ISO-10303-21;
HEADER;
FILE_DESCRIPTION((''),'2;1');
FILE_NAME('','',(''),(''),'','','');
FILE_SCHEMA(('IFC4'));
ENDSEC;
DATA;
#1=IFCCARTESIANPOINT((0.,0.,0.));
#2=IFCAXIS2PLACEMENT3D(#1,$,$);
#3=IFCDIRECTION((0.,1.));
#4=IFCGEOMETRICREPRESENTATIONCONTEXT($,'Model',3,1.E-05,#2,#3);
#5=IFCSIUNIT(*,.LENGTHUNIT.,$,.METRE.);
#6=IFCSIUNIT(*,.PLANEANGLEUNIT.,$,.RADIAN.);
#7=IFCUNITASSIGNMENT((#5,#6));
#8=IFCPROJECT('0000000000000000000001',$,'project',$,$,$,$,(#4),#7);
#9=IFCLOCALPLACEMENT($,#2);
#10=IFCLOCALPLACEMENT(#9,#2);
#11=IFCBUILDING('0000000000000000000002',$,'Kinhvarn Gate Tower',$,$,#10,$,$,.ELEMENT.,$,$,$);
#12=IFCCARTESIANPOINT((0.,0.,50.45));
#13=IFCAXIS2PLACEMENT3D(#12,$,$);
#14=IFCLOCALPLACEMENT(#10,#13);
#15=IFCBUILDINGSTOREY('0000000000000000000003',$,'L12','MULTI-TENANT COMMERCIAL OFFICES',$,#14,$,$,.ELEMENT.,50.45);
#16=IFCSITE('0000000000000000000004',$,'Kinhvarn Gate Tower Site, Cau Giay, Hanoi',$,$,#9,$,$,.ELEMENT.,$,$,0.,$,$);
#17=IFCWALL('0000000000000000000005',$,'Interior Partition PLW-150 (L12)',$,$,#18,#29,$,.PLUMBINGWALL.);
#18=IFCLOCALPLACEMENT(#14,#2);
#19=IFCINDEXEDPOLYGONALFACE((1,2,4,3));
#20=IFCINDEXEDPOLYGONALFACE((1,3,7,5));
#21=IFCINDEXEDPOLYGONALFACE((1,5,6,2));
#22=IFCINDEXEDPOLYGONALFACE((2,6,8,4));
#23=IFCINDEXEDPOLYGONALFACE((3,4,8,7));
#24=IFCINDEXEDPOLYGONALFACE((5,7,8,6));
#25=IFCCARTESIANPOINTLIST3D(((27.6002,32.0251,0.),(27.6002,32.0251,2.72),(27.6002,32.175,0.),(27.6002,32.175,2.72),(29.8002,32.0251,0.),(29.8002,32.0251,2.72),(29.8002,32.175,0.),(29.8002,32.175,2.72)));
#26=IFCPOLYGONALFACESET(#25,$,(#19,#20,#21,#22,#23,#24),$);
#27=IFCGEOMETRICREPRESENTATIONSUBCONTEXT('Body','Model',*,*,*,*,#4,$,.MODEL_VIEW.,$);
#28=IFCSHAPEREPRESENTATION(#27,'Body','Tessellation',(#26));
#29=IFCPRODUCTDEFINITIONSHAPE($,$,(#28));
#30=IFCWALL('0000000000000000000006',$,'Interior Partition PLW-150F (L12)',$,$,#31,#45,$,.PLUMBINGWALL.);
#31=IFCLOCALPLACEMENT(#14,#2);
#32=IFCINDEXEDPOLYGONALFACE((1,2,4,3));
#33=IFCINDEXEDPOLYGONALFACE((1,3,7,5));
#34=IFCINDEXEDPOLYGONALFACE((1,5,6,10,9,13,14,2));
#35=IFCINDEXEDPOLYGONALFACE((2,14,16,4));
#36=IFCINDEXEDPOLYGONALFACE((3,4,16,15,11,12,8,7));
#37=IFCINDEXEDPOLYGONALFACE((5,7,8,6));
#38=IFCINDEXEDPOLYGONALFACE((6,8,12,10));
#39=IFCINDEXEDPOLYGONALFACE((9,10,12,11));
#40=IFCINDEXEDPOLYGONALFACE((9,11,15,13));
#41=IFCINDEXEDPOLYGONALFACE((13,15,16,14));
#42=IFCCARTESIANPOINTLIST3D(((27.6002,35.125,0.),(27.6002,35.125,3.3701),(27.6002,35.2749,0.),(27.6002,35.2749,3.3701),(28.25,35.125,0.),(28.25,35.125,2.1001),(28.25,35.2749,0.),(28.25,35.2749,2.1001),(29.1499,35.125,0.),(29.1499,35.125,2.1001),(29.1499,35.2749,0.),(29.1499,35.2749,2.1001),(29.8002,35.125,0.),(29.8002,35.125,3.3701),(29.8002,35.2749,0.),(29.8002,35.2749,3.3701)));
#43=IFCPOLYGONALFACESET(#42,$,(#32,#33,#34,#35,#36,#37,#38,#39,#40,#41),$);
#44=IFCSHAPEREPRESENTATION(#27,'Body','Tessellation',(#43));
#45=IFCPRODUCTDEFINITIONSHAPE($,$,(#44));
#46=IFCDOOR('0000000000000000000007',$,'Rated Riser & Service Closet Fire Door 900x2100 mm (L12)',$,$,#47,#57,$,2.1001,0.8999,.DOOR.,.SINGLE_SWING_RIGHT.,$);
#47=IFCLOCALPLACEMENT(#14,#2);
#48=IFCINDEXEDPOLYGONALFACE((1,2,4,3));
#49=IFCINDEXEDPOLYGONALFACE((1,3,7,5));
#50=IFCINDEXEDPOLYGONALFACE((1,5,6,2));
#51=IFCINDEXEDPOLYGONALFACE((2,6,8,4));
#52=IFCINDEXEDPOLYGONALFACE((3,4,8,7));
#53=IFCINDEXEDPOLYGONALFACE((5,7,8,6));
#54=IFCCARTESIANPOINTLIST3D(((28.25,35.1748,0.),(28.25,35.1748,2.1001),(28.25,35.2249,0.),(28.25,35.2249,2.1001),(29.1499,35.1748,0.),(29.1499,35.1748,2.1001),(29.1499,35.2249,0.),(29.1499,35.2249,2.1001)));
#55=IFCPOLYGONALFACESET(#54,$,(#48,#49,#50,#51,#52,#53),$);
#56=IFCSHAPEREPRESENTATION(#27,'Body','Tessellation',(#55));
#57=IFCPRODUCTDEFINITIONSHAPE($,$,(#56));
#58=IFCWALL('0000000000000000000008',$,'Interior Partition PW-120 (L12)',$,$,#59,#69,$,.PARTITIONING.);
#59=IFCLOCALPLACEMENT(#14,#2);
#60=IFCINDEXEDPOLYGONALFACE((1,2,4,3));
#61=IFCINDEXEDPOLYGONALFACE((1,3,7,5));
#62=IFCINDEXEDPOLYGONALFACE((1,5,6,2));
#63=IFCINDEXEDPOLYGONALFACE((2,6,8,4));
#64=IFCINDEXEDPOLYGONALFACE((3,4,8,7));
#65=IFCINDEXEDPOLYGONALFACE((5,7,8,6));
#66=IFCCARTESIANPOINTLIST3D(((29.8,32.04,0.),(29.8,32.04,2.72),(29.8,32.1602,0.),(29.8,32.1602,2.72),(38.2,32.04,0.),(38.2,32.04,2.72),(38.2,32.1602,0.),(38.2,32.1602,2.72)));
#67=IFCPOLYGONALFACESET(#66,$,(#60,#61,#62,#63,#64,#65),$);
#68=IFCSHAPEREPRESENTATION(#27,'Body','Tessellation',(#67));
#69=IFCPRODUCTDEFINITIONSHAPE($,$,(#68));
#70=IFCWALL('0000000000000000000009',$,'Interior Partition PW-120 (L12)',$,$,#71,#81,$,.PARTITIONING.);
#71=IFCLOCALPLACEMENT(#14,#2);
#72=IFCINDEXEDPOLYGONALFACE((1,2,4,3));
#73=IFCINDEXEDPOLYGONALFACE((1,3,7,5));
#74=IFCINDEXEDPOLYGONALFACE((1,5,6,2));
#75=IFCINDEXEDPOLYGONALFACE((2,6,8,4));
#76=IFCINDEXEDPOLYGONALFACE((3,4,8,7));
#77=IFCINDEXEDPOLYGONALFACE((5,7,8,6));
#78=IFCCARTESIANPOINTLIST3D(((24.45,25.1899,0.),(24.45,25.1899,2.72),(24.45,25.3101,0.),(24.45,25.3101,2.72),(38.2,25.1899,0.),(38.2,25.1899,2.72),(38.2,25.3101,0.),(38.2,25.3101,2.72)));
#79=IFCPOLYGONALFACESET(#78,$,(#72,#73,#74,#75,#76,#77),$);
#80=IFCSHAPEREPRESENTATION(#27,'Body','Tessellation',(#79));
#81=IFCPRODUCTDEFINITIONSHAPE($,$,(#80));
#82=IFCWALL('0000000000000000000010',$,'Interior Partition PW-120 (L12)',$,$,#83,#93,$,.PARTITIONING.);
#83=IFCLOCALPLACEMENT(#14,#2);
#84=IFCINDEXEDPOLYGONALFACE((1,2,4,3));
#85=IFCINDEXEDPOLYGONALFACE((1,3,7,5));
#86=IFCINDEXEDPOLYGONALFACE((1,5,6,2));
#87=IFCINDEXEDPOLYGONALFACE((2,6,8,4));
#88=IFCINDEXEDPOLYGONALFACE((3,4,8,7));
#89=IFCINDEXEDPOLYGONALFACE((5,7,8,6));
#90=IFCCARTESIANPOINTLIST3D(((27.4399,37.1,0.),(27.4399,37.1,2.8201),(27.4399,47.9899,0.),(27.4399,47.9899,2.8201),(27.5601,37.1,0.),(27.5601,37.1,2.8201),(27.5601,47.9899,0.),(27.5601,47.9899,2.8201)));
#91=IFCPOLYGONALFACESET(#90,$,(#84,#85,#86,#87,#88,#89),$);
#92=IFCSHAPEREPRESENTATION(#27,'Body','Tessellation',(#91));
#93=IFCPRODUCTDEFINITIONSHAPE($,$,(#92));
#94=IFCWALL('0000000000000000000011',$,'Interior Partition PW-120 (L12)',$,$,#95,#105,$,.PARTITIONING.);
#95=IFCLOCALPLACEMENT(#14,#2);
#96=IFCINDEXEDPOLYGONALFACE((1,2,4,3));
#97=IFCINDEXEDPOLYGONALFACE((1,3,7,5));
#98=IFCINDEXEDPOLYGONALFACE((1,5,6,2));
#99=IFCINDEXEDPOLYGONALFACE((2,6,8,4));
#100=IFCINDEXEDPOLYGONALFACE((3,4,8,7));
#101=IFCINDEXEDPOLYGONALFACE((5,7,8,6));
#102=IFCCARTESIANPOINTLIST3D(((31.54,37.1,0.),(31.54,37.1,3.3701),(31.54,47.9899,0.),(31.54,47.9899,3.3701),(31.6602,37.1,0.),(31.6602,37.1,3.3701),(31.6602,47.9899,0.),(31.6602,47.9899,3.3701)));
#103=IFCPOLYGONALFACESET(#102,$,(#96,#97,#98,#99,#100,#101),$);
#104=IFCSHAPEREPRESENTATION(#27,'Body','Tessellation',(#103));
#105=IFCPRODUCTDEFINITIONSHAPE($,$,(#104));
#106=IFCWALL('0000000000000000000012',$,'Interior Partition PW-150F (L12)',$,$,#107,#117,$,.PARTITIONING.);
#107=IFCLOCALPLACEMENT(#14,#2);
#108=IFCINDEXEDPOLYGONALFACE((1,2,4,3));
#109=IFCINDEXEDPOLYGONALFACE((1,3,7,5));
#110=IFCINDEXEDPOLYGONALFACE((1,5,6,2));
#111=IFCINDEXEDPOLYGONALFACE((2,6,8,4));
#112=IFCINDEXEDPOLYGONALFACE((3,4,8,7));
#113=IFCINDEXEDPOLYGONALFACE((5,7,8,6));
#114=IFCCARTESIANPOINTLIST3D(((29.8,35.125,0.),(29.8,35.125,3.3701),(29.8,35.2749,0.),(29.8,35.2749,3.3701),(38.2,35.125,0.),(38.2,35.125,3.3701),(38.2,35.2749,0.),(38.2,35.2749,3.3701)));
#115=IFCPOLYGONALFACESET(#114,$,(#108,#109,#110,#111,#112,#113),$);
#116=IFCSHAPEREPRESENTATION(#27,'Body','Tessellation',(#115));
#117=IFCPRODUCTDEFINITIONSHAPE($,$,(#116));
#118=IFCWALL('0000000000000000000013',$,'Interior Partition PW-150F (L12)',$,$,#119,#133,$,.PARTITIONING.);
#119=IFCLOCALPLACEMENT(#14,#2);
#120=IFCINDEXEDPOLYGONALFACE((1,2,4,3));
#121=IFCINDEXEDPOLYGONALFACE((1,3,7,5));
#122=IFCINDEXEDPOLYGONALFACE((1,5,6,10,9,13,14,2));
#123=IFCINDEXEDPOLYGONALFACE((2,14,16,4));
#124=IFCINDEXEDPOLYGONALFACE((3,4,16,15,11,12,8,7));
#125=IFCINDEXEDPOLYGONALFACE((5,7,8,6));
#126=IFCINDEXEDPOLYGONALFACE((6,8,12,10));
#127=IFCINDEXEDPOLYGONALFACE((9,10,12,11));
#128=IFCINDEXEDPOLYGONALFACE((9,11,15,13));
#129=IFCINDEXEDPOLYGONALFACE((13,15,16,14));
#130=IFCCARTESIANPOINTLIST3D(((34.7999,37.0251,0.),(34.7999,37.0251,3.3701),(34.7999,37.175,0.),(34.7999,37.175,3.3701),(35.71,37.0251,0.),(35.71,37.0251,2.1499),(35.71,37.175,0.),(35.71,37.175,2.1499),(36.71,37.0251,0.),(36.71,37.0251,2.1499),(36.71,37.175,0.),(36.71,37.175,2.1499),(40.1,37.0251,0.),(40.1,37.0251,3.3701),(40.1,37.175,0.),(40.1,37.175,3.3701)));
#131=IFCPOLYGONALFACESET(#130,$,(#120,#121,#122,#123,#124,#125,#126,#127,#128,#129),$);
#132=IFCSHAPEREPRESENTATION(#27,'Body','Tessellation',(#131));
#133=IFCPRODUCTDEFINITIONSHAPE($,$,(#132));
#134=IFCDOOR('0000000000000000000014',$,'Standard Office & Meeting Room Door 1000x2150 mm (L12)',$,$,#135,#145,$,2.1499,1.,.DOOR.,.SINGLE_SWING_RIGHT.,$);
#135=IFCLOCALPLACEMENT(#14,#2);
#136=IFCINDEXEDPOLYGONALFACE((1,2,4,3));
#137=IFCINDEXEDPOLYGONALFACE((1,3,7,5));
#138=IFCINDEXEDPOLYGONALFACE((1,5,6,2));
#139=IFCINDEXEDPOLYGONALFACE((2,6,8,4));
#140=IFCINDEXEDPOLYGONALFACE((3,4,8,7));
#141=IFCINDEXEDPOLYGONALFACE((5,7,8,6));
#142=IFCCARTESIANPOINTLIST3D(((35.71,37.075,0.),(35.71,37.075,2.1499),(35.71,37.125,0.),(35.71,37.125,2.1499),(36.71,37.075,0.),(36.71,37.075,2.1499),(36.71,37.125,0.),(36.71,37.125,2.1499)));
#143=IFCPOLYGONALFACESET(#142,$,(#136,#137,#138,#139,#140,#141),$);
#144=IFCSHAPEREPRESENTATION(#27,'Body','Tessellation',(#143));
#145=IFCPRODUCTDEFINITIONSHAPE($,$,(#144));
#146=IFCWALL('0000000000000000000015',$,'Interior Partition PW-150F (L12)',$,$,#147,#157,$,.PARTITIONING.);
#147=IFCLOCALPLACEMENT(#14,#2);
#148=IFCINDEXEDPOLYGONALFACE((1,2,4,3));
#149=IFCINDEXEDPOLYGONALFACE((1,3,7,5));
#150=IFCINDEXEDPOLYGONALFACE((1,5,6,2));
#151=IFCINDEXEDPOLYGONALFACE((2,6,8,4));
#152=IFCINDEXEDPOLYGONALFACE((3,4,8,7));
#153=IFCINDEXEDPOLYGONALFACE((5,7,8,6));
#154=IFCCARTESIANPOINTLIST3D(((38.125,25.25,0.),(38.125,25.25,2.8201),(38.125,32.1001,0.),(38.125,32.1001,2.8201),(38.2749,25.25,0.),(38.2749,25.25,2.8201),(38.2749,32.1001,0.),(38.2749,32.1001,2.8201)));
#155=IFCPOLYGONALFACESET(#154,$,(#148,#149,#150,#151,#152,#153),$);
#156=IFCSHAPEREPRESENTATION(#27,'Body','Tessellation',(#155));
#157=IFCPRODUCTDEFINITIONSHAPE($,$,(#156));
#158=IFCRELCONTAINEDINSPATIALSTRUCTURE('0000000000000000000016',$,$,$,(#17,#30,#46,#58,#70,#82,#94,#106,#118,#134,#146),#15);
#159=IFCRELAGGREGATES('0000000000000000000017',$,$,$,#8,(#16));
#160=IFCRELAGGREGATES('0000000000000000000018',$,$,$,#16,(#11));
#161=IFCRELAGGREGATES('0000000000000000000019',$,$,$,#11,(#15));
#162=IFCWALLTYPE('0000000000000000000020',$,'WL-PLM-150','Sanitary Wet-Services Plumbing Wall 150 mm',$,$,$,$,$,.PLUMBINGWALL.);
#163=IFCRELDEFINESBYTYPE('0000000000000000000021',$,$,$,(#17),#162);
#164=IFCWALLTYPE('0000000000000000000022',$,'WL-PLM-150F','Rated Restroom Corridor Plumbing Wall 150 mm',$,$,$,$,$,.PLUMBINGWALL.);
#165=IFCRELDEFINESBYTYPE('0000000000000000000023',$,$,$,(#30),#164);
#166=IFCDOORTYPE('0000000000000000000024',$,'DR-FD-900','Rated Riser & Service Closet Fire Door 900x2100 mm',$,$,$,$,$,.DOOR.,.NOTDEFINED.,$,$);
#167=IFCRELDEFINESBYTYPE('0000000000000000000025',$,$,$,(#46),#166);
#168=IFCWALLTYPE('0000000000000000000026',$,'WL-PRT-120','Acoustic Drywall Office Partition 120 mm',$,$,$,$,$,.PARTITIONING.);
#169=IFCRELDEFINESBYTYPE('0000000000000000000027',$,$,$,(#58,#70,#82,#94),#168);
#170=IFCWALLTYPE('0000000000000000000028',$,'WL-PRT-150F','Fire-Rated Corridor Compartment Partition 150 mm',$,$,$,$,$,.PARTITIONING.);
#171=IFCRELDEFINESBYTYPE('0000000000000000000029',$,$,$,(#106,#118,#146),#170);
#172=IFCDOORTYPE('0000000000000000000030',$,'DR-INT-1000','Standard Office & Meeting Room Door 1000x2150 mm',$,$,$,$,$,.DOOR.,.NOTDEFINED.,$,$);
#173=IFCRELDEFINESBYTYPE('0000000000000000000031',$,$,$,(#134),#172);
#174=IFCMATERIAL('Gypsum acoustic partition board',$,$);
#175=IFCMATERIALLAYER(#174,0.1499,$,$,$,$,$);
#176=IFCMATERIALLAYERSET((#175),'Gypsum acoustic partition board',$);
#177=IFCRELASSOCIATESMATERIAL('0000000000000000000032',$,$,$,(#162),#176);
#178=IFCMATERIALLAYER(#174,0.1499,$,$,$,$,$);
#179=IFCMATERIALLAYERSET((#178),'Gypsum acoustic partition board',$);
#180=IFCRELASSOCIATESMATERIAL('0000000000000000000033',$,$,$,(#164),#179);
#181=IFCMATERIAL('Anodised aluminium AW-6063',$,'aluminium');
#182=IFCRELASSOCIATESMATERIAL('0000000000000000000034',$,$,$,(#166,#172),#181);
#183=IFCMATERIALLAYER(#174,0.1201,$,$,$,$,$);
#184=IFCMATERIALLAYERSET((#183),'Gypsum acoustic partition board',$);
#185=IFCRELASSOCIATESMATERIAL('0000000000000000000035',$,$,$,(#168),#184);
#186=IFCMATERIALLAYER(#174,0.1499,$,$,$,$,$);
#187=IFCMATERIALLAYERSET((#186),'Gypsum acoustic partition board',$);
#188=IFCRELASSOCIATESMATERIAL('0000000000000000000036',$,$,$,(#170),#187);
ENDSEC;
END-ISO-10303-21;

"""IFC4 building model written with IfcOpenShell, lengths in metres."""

from ifc_helpers import new_model, si_unit, direction, frame, frame_2d, origin, place, context, subcontext, project, spatial, rectangle, extrude, material, layer, layer_set, type_object, element, fill, save


model = new_model("IFC4")

# Units and contexts
model_context = context("Model", 3, precision=1e-05, world=origin(), true_north=direction((0.0, 1.0)))
body_context = subcontext(model_context, "Body", "Model", "MODEL_VIEW")
ifc_project = project(units=[si_unit("LENGTHUNIT", "METRE"), si_unit("PLANEANGLEUNIT", "RADIAN")], contexts=[model_context])

# Site, building, storey
site_placement = place(None, origin())
site = spatial("IfcSite", under=ifc_project, at=site_placement, Name="Kinhvarn Gate Tower Site, Cau Giay, Hanoi", CompositionType="ELEMENT", RefElevation=0.0)
building_placement = place(site_placement, origin())
building = spatial("IfcBuilding", under=site, at=building_placement, Name="Kinhvarn Gate Tower", CompositionType="ELEMENT")
storey_placement = place(building_placement, frame((0.0, 0.0, 50.45)))
storey = spatial("IfcBuildingStorey", under=building, at=storey_placement, Name="L12", Description="MULTI-TENANT COMMERCIAL OFFICES", CompositionType="ELEMENT", Elevation=50.45)

# Wall
ifc_material_1 = material(Name="Gypsum acoustic partition board")
ifc_layer_1 = layer(ifc_material_1, 0.1499)
ifc_layer_set_1 = layer_set([ifc_layer_1], Name="Gypsum acoustic partition board")
wall_type_1 = type_object("IfcWallType", Name="WL-PLM-150", Description="Sanitary Wet-Services Plumbing Wall 150 mm", PredefinedType="PLUMBINGWALL", material=ifc_layer_set_1)
wall_1_placement = place(storey_placement, frame((27.6001, 32.1001, 0.0), z_axis=(0.0, 0.0, 1.0), x_axis=(1.0, 0.0, 0.0)))
element("IfcWall", 1, at=wall_1_placement, inside=storey, type_object=wall_type_1, Name="Interior Partition PLW-150 (L12)", PredefinedType="PLUMBINGWALL", context=body_context, shape_type="SweptSolid", body=[
    extrude(rectangle(XDim=2.2, YDim=0.1499, at=frame_2d((1.1001, 0.0))), origin(), (0.0, 0.0, 1.0), 2.72),
])

# Wall, opening, door
ifc_layer_2 = layer(ifc_material_1, 0.1499)
ifc_layer_set_2 = layer_set([ifc_layer_2], Name="Gypsum acoustic partition board")
wall_type_2 = type_object("IfcWallType", Name="WL-PLM-150F", Description="Rated Restroom Corridor Plumbing Wall 150 mm", PredefinedType="PLUMBINGWALL", material=ifc_layer_set_2)
wall_2_placement = place(storey_placement, frame((27.6001, 35.2, 0.0), z_axis=(0.0, 0.0, 1.0), x_axis=(1.0, 0.0, 0.0)))
wall_2 = element("IfcWall", 2, at=wall_2_placement, inside=storey, type_object=wall_type_2, Name="Interior Partition PLW-150F (L12)", PredefinedType="PLUMBINGWALL", context=body_context, shape_type="SweptSolid", body=[
    extrude(rectangle(XDim=2.2, YDim=0.1499, at=frame_2d((1.1001, 0.0))), origin(), (0.0, 0.0, 1.0), 3.3701),
])
opening_1_placement = place(wall_2_placement, frame((0.6499, 0.0, 0.0)))
opening_1 = element("IfcOpeningElement", 3, at=opening_1_placement, cuts=wall_2, PredefinedType="OPENING", context=body_context, shape_type="SweptSolid", body=[
    extrude(rectangle(XDim=0.8999, YDim=2.1001, at=frame_2d((0.45, 1.05))), frame((0.0, 0.085, 0.0), z_axis=(0.0, -1.0, 0.0), x_axis=(1.0, 0.0, 0.0)), (0.0, 0.0, 1.0), 0.1699),
])
ifc_material_2 = material(Name="Anodised aluminium AW-6063", Category="aluminium")
door_type_1 = type_object("IfcDoorType", Name="DR-FD-900", Description="Rated Riser & Service Closet Fire Door 900x2100 mm", OperationType="NOTDEFINED", PredefinedType="DOOR", material=ifc_material_2)
door_1_placement = place(opening_1_placement, origin())
door_1 = element("IfcDoor", 4, at=door_1_placement, inside=storey, type_object=door_type_1, Name="Rated Riser & Service Closet Fire Door 900x2100 mm (L12)", OperationType="SINGLE_SWING_RIGHT", OverallHeight=2.1001, OverallWidth=0.8999, PredefinedType="DOOR", context=body_context, shape_type="SweptSolid", body=[
    extrude(rectangle(XDim=0.8999, YDim=2.1001, at=frame_2d((0.45, 1.05))), frame((0.0, 0.0249, 0.0), z_axis=(0.0, -1.0, 0.0), x_axis=(1.0, 0.0, 0.0)), (0.0, 0.0, 1.0), 0.05),
])
fill(opening_1, door_1)

# Walls
ifc_layer_3 = layer(ifc_material_1, 0.1201)
ifc_layer_set_3 = layer_set([ifc_layer_3], Name="Gypsum acoustic partition board")
wall_type_3 = type_object("IfcWallType", Name="WL-PRT-120", Description="Acoustic Drywall Office Partition 120 mm", PredefinedType="PARTITIONING", material=ifc_layer_set_3)
wall_3_placement = place(storey_placement, frame((29.8, 32.1001, 0.0), z_axis=(0.0, 0.0, 1.0), x_axis=(1.0, 0.0, 0.0)))
element("IfcWall", 5, at=wall_3_placement, inside=storey, type_object=wall_type_3, Name="Interior Partition PW-120 (L12)", PredefinedType="PARTITIONING", context=body_context, shape_type="SweptSolid", body=[
    extrude(rectangle(XDim=8.3999, YDim=0.1201, at=frame_2d((4.2, 0.0))), origin(), (0.0, 0.0, 1.0), 2.72),
])
wall_4_placement = place(storey_placement, frame((24.45, 25.25, 0.0), z_axis=(0.0, 0.0, 1.0), x_axis=(1.0, 0.0, 0.0)))
element("IfcWall", 6, at=wall_4_placement, inside=storey, type_object=wall_type_3, Name="Interior Partition PW-120 (L12)", PredefinedType="PARTITIONING", context=body_context, shape_type="SweptSolid", body=[
    extrude(rectangle(XDim=13.75, YDim=0.1201, at=frame_2d((6.875, 0.0))), origin(), (0.0, 0.0, 1.0), 2.72),
])
wall_5_placement = place(storey_placement, frame((27.5, 37.1001, 0.0), z_axis=(0.0, 0.0, 1.0), x_axis=(0.0, 1.0, 0.0)))
element("IfcWall", 7, at=wall_5_placement, inside=storey, type_object=wall_type_3, Name="Interior Partition PW-120 (L12)", PredefinedType="PARTITIONING", context=body_context, shape_type="SweptSolid", body=[
    extrude(rectangle(XDim=10.8899, YDim=0.1201, at=frame_2d((5.4448, 0.0))), origin(), (0.0, 0.0, 1.0), 2.8201),
])
wall_6_placement = place(storey_placement, frame((31.6001, 37.1001, 0.0), z_axis=(0.0, 0.0, 1.0), x_axis=(0.0, 1.0, 0.0)))
element("IfcWall", 8, at=wall_6_placement, inside=storey, type_object=wall_type_3, Name="Interior Partition PW-120 (L12)", PredefinedType="PARTITIONING", context=body_context, shape_type="SweptSolid", body=[
    extrude(rectangle(XDim=10.8899, YDim=0.1201, at=frame_2d((5.4448, 0.0))), origin(), (0.0, 0.0, 1.0), 3.3701),
])
ifc_layer_4 = layer(ifc_material_1, 0.1499)
ifc_layer_set_4 = layer_set([ifc_layer_4], Name="Gypsum acoustic partition board")
wall_type_4 = type_object("IfcWallType", Name="WL-PRT-150F", Description="Fire-Rated Corridor Compartment Partition 150 mm", PredefinedType="PARTITIONING", material=ifc_layer_set_4)
wall_7_placement = place(storey_placement, frame((29.8, 35.2, 0.0), z_axis=(0.0, 0.0, 1.0), x_axis=(1.0, 0.0, 0.0)))
element("IfcWall", 9, at=wall_7_placement, inside=storey, type_object=wall_type_4, Name="Interior Partition PW-150F (L12)", PredefinedType="PARTITIONING", context=body_context, shape_type="SweptSolid", body=[
    extrude(rectangle(XDim=8.3999, YDim=0.1499, at=frame_2d((4.2, 0.0))), origin(), (0.0, 0.0, 1.0), 3.3701),
])

# Wall, opening, door
door_type_2 = type_object("IfcDoorType", Name="DR-INT-1000", Description="Standard Office & Meeting Room Door 1000x2150 mm", OperationType="NOTDEFINED", PredefinedType="DOOR", material=ifc_material_2)
wall_8_placement = place(storey_placement, frame((34.8, 37.1001, 0.0), z_axis=(0.0, 0.0, 1.0), x_axis=(1.0, 0.0, 0.0)))
wall_8 = element("IfcWall", 10, at=wall_8_placement, inside=storey, type_object=wall_type_4, Name="Interior Partition PW-150F (L12)", PredefinedType="PARTITIONING", context=body_context, shape_type="SweptSolid", body=[
    extrude(rectangle(XDim=5.3, YDim=0.1499, at=frame_2d((2.6499, 0.0))), origin(), (0.0, 0.0, 1.0), 3.3701),
])
opening_2_placement = place(wall_8_placement, frame((0.9099, 0.0, 0.0)))
opening_2 = element("IfcOpeningElement", 11, at=opening_2_placement, cuts=wall_8, PredefinedType="OPENING", context=body_context, shape_type="SweptSolid", body=[
    extrude(rectangle(XDim=1.0, YDim=2.1499, at=frame_2d((0.5, 1.075))), frame((0.0, 0.085, 0.0), z_axis=(0.0, -1.0, 0.0), x_axis=(1.0, 0.0, 0.0)), (0.0, 0.0, 1.0), 0.1699),
])
door_2_placement = place(opening_2_placement, origin())
door_2 = element("IfcDoor", 12, at=door_2_placement, inside=storey, type_object=door_type_2, Name="Standard Office & Meeting Room Door 1000x2150 mm (L12)", OperationType="SINGLE_SWING_RIGHT", OverallHeight=2.1499, OverallWidth=1.0, PredefinedType="DOOR", context=body_context, shape_type="SweptSolid", body=[
    extrude(rectangle(XDim=1.0, YDim=2.1499, at=frame_2d((0.5, 1.075))), frame((0.0, 0.0249, 0.0), z_axis=(0.0, -1.0, 0.0), x_axis=(1.0, 0.0, 0.0)), (0.0, 0.0, 1.0), 0.05),
])
fill(opening_2, door_2)

# Wall
wall_9_placement = place(storey_placement, frame((38.2, 25.25, 0.0), z_axis=(0.0, 0.0, 1.0), x_axis=(0.0, 1.0, 0.0)))
element("IfcWall", 13, at=wall_9_placement, inside=storey, type_object=wall_type_4, Name="Interior Partition PW-150F (L12)", PredefinedType="PARTITIONING", context=body_context, shape_type="SweptSolid", body=[
    extrude(rectangle(XDim=6.8501, YDim=0.1499, at=frame_2d((3.425, 0.0))), origin(), (0.0, 0.0, 1.0), 2.8201),
])

save(model, "model.ifc")
